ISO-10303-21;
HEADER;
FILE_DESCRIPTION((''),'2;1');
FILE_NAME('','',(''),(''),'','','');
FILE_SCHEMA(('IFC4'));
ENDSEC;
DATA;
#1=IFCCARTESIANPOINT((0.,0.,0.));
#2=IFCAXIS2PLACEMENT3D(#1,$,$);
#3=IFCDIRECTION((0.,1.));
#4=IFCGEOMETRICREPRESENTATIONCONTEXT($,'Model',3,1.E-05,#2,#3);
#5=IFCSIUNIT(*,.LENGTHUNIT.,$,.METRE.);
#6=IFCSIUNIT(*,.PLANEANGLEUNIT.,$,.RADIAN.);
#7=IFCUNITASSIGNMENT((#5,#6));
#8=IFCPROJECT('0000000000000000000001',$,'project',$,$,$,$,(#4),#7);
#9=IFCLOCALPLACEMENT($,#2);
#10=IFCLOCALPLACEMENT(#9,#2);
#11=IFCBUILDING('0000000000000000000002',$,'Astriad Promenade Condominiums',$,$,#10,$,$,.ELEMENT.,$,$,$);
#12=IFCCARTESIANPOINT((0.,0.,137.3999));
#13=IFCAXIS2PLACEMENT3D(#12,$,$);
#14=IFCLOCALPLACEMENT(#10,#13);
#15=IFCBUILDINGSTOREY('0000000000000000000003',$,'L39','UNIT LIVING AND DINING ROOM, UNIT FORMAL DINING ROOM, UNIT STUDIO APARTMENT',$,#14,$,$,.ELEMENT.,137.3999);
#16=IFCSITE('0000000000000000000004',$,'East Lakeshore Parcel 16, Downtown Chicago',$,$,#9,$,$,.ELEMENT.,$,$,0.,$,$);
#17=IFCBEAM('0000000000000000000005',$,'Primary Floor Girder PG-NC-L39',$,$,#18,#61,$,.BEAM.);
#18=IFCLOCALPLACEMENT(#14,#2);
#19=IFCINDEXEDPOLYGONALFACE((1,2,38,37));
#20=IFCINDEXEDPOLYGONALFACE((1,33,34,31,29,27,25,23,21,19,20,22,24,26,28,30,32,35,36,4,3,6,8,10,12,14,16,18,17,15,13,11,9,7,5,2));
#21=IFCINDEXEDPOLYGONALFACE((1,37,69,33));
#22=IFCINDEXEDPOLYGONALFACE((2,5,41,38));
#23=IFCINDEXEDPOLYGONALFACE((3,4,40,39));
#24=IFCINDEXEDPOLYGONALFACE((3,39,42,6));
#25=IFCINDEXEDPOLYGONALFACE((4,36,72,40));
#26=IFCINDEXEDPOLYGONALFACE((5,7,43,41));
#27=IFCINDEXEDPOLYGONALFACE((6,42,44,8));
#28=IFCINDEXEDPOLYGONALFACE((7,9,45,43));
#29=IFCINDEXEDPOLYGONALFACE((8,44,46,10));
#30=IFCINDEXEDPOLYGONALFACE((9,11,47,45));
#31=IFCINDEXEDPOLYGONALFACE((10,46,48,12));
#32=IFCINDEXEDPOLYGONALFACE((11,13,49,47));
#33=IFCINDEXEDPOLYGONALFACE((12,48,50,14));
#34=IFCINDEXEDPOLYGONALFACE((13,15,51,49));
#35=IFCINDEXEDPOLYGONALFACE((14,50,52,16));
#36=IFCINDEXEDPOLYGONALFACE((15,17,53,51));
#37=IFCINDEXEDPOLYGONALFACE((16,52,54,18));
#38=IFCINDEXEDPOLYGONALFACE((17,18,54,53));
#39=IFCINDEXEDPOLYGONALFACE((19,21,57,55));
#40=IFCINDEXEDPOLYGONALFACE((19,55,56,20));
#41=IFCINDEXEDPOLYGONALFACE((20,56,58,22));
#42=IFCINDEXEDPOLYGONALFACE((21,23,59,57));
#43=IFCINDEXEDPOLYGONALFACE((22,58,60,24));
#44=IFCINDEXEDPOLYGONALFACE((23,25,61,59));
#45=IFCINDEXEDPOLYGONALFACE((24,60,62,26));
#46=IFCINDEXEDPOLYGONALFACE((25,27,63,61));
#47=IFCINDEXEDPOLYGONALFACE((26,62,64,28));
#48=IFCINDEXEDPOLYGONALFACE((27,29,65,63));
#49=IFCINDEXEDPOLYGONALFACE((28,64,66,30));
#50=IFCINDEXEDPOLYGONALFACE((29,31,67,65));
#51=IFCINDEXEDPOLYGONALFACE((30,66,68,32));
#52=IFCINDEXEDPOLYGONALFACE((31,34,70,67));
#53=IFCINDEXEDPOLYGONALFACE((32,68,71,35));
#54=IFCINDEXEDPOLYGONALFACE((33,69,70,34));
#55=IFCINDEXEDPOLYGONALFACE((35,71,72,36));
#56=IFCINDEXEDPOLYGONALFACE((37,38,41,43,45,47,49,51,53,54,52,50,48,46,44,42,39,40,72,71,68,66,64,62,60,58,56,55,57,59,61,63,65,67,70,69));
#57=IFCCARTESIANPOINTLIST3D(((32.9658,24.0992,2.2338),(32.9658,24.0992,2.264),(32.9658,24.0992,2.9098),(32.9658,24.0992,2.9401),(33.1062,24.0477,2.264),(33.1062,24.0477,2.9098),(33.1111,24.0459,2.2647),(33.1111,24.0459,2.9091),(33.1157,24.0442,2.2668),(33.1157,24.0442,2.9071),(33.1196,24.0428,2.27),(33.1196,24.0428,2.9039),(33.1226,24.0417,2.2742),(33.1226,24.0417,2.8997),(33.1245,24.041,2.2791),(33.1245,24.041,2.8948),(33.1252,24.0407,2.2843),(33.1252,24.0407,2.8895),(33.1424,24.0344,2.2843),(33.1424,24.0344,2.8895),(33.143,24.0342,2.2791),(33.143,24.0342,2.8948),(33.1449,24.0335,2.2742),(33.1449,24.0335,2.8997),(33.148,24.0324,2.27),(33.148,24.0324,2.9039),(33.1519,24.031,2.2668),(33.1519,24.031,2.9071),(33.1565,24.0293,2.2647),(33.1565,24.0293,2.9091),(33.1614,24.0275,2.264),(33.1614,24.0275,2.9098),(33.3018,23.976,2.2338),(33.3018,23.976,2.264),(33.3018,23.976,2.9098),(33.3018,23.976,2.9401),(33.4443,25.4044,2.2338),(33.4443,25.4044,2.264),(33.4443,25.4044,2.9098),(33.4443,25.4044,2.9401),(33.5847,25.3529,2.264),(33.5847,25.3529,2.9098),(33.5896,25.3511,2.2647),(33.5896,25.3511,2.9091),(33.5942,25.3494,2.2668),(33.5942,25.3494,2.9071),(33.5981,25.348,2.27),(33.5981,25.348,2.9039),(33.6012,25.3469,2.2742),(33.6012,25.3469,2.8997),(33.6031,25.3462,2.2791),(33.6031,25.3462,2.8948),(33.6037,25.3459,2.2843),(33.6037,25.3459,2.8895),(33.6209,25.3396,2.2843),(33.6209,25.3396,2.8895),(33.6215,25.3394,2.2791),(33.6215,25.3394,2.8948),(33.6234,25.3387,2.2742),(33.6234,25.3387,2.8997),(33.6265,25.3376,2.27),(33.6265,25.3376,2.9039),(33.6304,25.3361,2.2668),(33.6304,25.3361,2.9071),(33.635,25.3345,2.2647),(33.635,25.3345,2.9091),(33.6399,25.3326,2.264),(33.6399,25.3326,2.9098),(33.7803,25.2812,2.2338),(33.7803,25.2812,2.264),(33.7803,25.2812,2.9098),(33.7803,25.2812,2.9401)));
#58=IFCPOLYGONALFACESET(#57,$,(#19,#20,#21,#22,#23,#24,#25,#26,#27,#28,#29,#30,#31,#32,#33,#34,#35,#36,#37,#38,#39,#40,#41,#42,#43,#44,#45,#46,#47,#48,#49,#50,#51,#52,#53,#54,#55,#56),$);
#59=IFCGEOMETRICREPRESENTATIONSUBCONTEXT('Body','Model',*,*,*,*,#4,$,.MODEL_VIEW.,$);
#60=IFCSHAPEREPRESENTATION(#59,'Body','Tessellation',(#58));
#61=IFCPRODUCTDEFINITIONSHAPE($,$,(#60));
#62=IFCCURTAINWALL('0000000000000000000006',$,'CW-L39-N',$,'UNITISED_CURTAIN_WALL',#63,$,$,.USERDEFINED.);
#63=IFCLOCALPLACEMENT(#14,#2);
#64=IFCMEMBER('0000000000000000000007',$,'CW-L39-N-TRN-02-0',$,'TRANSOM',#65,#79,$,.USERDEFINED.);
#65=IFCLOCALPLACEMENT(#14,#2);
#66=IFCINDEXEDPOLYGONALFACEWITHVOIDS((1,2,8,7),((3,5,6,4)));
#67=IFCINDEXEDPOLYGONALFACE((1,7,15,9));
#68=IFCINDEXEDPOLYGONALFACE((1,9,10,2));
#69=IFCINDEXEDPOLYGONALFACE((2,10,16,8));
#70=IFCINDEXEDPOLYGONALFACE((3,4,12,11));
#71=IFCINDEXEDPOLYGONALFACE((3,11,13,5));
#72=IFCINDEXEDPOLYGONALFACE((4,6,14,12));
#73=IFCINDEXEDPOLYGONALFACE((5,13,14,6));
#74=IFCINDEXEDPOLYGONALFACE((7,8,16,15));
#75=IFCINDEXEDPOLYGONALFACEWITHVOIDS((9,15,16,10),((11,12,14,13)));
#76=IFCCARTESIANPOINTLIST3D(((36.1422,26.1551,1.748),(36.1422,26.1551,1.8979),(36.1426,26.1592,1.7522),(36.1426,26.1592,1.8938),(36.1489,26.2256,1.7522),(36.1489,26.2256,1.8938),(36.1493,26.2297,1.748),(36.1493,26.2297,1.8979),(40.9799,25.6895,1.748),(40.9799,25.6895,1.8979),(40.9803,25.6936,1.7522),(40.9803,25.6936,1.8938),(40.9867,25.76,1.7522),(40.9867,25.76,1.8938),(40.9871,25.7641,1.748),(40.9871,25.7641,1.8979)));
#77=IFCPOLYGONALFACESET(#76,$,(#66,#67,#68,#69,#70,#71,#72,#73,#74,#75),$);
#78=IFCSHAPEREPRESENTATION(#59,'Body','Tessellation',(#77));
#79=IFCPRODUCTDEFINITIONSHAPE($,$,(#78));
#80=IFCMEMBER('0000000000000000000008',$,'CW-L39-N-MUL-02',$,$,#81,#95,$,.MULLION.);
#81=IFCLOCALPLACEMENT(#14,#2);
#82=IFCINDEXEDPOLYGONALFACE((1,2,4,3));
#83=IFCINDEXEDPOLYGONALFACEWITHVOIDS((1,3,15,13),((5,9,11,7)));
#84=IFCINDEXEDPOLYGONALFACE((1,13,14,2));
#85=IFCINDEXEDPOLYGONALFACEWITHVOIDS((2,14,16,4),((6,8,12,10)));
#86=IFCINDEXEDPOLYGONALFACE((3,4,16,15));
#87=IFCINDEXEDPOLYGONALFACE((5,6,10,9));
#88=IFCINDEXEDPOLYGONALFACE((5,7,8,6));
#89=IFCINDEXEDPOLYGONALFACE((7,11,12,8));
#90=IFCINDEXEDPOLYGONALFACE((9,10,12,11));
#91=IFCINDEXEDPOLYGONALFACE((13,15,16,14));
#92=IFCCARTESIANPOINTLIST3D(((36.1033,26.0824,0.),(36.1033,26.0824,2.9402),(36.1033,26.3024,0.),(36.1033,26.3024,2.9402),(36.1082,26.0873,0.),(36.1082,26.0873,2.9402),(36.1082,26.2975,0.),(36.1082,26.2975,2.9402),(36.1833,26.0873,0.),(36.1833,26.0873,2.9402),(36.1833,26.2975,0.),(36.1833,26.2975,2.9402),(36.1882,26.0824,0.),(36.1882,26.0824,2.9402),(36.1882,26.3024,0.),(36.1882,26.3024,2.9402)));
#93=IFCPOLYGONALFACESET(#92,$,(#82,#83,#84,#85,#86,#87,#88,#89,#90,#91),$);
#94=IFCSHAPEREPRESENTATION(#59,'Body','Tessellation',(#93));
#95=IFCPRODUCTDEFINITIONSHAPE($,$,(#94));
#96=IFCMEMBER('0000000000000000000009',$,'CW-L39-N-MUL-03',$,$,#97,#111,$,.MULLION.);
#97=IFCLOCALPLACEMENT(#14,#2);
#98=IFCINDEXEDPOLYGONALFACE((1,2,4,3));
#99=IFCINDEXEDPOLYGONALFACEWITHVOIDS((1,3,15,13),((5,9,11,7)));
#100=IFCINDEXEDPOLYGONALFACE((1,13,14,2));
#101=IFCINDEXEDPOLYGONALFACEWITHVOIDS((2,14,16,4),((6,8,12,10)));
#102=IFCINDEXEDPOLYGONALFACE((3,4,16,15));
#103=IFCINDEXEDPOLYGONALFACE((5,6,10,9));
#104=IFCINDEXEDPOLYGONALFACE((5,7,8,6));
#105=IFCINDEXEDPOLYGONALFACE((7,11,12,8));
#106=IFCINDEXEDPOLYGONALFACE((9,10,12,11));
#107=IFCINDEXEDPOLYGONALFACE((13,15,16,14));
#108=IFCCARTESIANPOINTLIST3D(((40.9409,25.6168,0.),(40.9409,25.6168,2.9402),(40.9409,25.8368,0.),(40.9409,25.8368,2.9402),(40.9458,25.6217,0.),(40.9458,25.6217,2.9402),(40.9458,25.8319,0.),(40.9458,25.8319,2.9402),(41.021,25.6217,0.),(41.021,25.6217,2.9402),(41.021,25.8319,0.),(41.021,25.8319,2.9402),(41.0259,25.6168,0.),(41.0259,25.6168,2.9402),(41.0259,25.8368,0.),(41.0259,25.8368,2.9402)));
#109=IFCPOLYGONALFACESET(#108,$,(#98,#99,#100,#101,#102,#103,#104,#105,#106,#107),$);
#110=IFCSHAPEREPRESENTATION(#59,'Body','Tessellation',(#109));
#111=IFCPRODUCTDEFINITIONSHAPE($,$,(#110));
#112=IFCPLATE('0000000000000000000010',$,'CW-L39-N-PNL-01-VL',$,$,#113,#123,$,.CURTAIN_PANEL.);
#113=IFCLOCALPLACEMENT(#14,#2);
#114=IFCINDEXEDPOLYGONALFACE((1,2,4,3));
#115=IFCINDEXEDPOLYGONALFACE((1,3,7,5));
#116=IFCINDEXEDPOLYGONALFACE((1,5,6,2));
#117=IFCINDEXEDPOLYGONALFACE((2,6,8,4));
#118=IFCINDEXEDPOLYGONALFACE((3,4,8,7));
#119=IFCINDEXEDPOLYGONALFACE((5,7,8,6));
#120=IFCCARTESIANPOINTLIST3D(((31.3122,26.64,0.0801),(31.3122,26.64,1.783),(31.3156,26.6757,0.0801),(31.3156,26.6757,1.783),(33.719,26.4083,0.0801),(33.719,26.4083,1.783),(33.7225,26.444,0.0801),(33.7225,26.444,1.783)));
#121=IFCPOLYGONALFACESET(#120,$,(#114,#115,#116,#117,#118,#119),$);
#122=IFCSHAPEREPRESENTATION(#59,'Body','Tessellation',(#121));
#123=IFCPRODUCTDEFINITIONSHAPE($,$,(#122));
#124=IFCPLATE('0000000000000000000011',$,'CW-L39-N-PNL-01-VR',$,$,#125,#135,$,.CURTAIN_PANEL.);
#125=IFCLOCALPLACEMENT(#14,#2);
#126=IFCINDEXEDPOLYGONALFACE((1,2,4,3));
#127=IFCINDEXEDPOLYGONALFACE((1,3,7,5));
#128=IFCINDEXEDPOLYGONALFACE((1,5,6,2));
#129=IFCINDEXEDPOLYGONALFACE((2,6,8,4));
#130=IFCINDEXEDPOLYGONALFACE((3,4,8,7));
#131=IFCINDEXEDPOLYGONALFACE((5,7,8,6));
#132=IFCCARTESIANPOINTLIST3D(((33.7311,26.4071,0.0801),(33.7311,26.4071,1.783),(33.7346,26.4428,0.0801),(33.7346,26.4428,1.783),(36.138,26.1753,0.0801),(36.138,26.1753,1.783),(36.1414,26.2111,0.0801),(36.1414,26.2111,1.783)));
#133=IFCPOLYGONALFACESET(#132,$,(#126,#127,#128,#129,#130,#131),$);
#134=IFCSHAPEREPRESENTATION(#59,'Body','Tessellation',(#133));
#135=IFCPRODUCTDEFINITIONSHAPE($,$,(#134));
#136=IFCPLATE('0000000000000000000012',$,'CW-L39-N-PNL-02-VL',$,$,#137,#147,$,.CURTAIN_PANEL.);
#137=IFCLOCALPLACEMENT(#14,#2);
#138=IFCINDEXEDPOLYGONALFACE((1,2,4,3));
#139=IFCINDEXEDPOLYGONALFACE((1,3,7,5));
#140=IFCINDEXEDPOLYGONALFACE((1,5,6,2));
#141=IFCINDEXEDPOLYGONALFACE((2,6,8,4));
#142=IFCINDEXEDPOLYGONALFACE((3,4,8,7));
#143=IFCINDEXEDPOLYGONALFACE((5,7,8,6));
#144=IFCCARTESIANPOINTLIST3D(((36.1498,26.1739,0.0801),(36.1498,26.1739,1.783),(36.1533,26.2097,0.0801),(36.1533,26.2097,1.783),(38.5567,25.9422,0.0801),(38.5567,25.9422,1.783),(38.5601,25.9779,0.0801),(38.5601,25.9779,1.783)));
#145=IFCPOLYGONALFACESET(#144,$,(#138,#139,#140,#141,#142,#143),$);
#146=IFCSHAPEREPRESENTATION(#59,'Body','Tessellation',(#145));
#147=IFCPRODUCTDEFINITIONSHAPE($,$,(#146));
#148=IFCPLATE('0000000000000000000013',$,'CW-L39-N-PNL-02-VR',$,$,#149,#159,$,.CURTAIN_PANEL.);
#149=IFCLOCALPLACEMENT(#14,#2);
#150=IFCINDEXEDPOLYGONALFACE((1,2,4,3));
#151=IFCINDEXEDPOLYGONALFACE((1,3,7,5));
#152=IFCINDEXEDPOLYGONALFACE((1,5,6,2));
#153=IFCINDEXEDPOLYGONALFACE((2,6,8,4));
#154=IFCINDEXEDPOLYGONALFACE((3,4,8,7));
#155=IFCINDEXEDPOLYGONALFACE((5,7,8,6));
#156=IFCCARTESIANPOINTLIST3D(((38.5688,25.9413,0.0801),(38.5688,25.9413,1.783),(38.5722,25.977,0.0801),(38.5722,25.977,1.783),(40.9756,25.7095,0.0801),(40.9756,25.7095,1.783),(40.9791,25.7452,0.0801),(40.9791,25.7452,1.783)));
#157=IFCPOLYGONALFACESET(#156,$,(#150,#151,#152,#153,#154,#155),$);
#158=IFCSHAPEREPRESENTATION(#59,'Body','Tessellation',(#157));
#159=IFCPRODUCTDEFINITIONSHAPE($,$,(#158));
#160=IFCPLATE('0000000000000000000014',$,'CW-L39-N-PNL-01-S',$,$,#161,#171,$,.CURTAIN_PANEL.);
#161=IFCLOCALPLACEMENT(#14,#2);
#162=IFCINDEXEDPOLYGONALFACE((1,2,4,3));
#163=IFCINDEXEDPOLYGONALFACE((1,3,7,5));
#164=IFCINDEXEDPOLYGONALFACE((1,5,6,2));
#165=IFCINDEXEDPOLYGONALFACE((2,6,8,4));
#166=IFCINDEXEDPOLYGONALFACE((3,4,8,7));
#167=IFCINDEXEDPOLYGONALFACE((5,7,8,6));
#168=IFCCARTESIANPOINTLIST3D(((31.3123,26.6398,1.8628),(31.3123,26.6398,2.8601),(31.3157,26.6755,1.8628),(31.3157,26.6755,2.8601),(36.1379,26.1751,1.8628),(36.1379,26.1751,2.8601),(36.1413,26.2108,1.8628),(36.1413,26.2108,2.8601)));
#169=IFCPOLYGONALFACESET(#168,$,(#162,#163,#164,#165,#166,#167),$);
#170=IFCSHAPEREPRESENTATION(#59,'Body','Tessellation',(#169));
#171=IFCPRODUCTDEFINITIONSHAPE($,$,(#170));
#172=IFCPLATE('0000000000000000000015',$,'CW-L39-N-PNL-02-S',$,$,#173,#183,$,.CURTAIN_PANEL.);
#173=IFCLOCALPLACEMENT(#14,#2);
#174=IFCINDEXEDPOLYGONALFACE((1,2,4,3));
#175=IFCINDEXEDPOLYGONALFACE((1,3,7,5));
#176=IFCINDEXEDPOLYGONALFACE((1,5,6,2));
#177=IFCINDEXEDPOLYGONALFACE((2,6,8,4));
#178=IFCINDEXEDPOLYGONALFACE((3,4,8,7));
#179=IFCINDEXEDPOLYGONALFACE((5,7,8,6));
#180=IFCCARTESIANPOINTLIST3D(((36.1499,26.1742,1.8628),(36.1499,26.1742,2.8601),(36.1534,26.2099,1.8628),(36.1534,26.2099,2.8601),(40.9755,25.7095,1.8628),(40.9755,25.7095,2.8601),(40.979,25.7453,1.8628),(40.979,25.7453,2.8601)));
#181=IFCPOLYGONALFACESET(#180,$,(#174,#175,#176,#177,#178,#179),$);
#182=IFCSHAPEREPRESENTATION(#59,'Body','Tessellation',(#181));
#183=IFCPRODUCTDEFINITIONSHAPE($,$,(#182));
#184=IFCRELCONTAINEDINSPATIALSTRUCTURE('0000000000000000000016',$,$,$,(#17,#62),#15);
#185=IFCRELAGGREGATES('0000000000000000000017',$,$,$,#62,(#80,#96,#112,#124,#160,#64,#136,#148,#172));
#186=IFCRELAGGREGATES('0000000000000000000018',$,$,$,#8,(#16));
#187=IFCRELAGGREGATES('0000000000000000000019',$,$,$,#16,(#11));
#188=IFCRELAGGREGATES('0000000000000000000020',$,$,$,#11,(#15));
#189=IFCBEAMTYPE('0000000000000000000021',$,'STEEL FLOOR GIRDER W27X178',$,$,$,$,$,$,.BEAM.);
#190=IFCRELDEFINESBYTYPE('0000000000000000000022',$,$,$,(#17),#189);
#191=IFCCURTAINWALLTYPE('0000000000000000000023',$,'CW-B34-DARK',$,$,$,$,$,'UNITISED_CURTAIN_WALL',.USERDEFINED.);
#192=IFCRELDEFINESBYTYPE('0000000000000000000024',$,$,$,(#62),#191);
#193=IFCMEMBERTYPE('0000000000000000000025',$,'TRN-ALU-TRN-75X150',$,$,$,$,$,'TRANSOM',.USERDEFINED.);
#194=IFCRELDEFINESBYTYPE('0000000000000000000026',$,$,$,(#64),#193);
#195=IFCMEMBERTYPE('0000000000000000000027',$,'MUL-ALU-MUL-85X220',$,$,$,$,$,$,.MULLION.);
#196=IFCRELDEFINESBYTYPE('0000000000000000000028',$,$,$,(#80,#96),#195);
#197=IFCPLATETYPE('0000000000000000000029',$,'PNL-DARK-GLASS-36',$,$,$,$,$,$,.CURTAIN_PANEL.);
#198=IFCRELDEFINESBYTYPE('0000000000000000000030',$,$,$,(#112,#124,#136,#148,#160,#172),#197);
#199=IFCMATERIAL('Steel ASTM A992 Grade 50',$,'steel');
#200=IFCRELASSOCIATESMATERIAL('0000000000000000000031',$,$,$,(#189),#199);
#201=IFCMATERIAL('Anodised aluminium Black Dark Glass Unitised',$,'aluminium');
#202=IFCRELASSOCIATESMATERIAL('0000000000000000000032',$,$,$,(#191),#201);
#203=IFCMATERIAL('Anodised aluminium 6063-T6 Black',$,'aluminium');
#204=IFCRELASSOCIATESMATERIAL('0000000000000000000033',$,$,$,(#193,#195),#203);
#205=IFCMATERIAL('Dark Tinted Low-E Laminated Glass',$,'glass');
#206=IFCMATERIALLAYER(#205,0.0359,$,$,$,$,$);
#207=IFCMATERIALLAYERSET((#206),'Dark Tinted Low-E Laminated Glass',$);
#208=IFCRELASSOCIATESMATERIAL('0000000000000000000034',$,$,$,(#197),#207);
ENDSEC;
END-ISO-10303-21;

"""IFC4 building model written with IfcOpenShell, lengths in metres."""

from ifc_helpers import new_model, si_unit, direction, frame, origin, origin_2d, place, context, subcontext, project, spatial, rectangle, hollow_rectangle, i_section, extrude, source, transform, mapped, material, layer, layer_set, material_profile, profile_set, type_object, type_shapes, element, aggregate, save


model = new_model("IFC4")

# Units and contexts
model_context = context("Model", 3, precision=1e-05, world=origin(), true_north=direction((0.0, 1.0)))
body_context = subcontext(model_context, "Body", "Model", "MODEL_VIEW")
ifc_project = project(units=[si_unit("LENGTHUNIT", "METRE"), si_unit("PLANEANGLEUNIT", "RADIAN")], contexts=[model_context])

# Site, building, storey
site_placement = place(None, origin())
site = spatial("IfcSite", under=ifc_project, at=site_placement, Name="East Lakeshore Parcel 16, Downtown Chicago", CompositionType="ELEMENT", RefElevation=0.0)
building_placement = place(site_placement, origin())
building = spatial("IfcBuilding", under=site, at=building_placement, Name="Astriad Promenade Condominiums", CompositionType="ELEMENT")
storey_placement = place(building_placement, frame((0.0, 0.0, 137.3999)))
storey = spatial("IfcBuildingStorey", under=building, at=storey_placement, Name="L39", Description="UNIT LIVING AND DINING ROOM, UNIT FORMAL DINING ROOM, UNIT STUDIO APARTMENT", CompositionType="ELEMENT", Elevation=137.3999)

# Shared definitions
ifc_material_1 = material(Name="Steel ASTM A992 Grade 50", Category="steel")

# Beam
ifc_material_profile_1 = material_profile(ifc_material_1, i_section(OverallWidth=0.3579, OverallDepth=0.7063, WebThickness=0.0183, FlangeThickness=0.0303, FilletRadius=0.0203, at=origin_2d()), Name="W27X178")
ifc_profile_set_1 = profile_set([ifc_material_profile_1], Name="Steel ASTM A992 Grade 50")
beam_type_1 = type_object("IfcBeamType", Name="STEEL FLOOR GIRDER W27X178", PredefinedType="BEAM", material=ifc_profile_set_1)
shared_shape_1 = source(origin(), body_context, "Body", "SweptSolid", [
    extrude(i_section(OverallWidth=0.3579, OverallDepth=0.7063, WebThickness=0.0183, FlangeThickness=0.0303, FilletRadius=0.0203, at=origin_2d()), origin(), (0.0, 0.0, 1.0), 1.3901),
])
type_shapes(beam_type_1, [shared_shape_1])
beam_1_placement = place(storey_placement, frame((33.6123, 25.3428, 2.5869), z_axis=(-0.344224, -0.938888, 0.0), x_axis=(0.938888, -0.344224, 0.0)))
element("IfcBeam", 1, at=beam_1_placement, inside=storey, type_object=beam_type_1, Name="Primary Floor Girder PG-NC-L39", PredefinedType="BEAM", context=body_context, shape_type="MappedRepresentation", body=[
    mapped(shared_shape_1, transform((0.0, 0.0, 0.0), scale=1.0)),
])

# Curtain wall, members, plates
ifc_material_2 = material(Name="Anodised aluminium Black Dark Glass Unitised", Category="aluminium")
curtain_wall_type = type_object("IfcCurtainWallType", Name="CW-B34-DARK", ElementType="UNITISED_CURTAIN_WALL", PredefinedType="USERDEFINED", material=ifc_material_2)
curtain_wall_placement = place(storey_placement, origin())
curtain_wall = element("IfcCurtainWall", 2, at=curtain_wall_placement, inside=storey, type_object=curtain_wall_type, Name="CW-L39-N", ObjectType="UNITISED_CURTAIN_WALL", PredefinedType="USERDEFINED")
ifc_material_3 = material(Name="Anodised aluminium 6063-T6 Black", Category="aluminium")
ifc_material_profile_2 = material_profile(ifc_material_3, hollow_rectangle(XDim=0.075, YDim=0.1499, WallThickness=0.0042, at=origin_2d()), Name="ALU-TRN-75X150")
ifc_profile_set_2 = profile_set([ifc_material_profile_2], Name="Anodised aluminium 6063-T6 Black")
member_type_1 = type_object("IfcMemberType", Name="TRN-ALU-TRN-75X150", ElementType="TRANSOM", PredefinedType="USERDEFINED", material=ifc_profile_set_2)
shared_shape_2 = source(origin(), body_context, "Body", "SweptSolid", [
    extrude(hollow_rectangle(XDim=0.075, YDim=0.1499, WallThickness=0.0042, at=origin_2d()), origin(), (0.0, 0.0, 1.0), 4.8601),
])
type_shapes(member_type_1, [shared_shape_2])
member_1_placement = place(storey_placement, frame((36.1458, 26.1924, 1.823), z_axis=(0.995401, -0.095798, 0.0), x_axis=(0.095798, 0.995401, 0.0)))
member_1 = element("IfcMember", 3, at=member_1_placement, type_object=member_type_1, Name="CW-L39-N-TRN-02-0", ObjectType="TRANSOM", PredefinedType="USERDEFINED", context=body_context, shape_type="MappedRepresentation", body=[
    mapped(shared_shape_2, transform((0.0, 0.0, 0.0), scale=1.0)),
])
ifc_material_profile_3 = material_profile(ifc_material_3, hollow_rectangle(XDim=0.085, YDim=0.22, WallThickness=0.0049, at=origin_2d()), Name="ALU-MUL-85X220")
ifc_profile_set_3 = profile_set([ifc_material_profile_3], Name="Anodised aluminium 6063-T6 Black")
member_type_2 = type_object("IfcMemberType", Name="MUL-ALU-MUL-85X220", PredefinedType="MULLION", material=ifc_profile_set_3)
shared_shape_3 = source(origin(), body_context, "Body", "SweptSolid", [
    extrude(hollow_rectangle(XDim=0.085, YDim=0.22, WallThickness=0.0049, at=origin_2d()), origin(), (0.0, 0.0, 1.0), 2.9402),
])
type_shapes(member_type_2, [shared_shape_3])
member_2_placement = place(storey_placement, frame((36.1458, 26.1924, 0.0), z_axis=(0.0, 0.0, 1.0), x_axis=(1.0, 0.0, 0.0)))
member_2 = element("IfcMember", 4, at=member_2_placement, type_object=member_type_2, Name="CW-L39-N-MUL-02", PredefinedType="MULLION", context=body_context, shape_type="MappedRepresentation", body=[
    mapped(shared_shape_3, transform((0.0, 0.0, 0.0), scale=1.0)),
])
member_3_placement = place(storey_placement, frame((40.9834, 25.7268, 0.0), z_axis=(0.0, 0.0, 1.0), x_axis=(1.0, 0.0, 0.0)))
member_3 = element("IfcMember", 5, at=member_3_placement, type_object=member_type_2, Name="CW-L39-N-MUL-03", PredefinedType="MULLION", context=body_context, shape_type="MappedRepresentation", body=[
    mapped(shared_shape_3, transform((0.0, 0.0, 0.0), scale=1.0)),
])
ifc_material_4 = material(Name="Dark Tinted Low-E Laminated Glass", Category="glass")
ifc_layer_1 = layer(ifc_material_4, 0.0359)
ifc_layer_set_1 = layer_set([ifc_layer_1], Name="Dark Tinted Low-E Laminated Glass")
plate_type = type_object("IfcPlateType", Name="PNL-DARK-GLASS-36", PredefinedType="CURTAIN_PANEL", material=ifc_layer_set_1)
shared_shape_4 = source(origin(), body_context, "Body", "SweptSolid", [
    extrude(rectangle(XDim=2.418, YDim=0.0359, at=origin_2d()), origin(), (0.0, 0.0, 1.0), 1.7029),
])
plate_1_placement = place(storey_placement, frame((32.5173, 26.542, 0.0801), z_axis=(0.0, 0.0, 1.0), x_axis=(0.995396, -0.095846, 0.0)))
plate_1 = element("IfcPlate", 6, at=plate_1_placement, type_object=plate_type, Name="CW-L39-N-PNL-01-VL", PredefinedType="CURTAIN_PANEL", context=body_context, shape_type="MappedRepresentation", body=[
    mapped(shared_shape_4, transform((0.0, 0.0, 0.0), scale=1.0)),
])
plate_2_placement = place(storey_placement, frame((34.9363, 26.3091, 0.0801), z_axis=(0.0, 0.0, 1.0), x_axis=(0.995396, -0.095846, 0.0)))
plate_2 = element("IfcPlate", 7, at=plate_2_placement, type_object=plate_type, Name="CW-L39-N-PNL-01-VR", PredefinedType="CURTAIN_PANEL", context=body_context, shape_type="MappedRepresentation", body=[
    mapped(shared_shape_4, transform((0.0, 0.0, 0.0), scale=1.0)),
])
plate_3_placement = place(storey_placement, frame((37.355, 26.0759, 0.0801), z_axis=(0.0, 0.0, 1.0), x_axis=(0.995396, -0.095846, 0.0)))
plate_3 = element("IfcPlate", 8, at=plate_3_placement, type_object=plate_type, Name="CW-L39-N-PNL-02-VL", PredefinedType="CURTAIN_PANEL", context=body_context, shape_type="MappedRepresentation", body=[
    mapped(shared_shape_4, transform((0.0, 0.0, 0.0), scale=1.0)),
])
plate_4_placement = place(storey_placement, frame((39.7739, 25.8433, 0.0801), z_axis=(0.0, 0.0, 1.0), x_axis=(0.995396, -0.095846, 0.0)))
plate_4 = element("IfcPlate", 9, at=plate_4_placement, type_object=plate_type, Name="CW-L39-N-PNL-02-VR", PredefinedType="CURTAIN_PANEL", context=body_context, shape_type="MappedRepresentation", body=[
    mapped(shared_shape_4, transform((0.0, 0.0, 0.0), scale=1.0)),
])
shared_shape_5 = source(origin(), body_context, "Body", "SweptSolid", [
    extrude(rectangle(XDim=4.8479, YDim=0.0359, at=origin_2d()), origin(), (0.0, 0.0, 1.0), 0.9973),
])
type_shapes(plate_type, [shared_shape_4, shared_shape_5])
plate_5_placement = place(storey_placement, frame((33.7268, 26.4253, 1.8628), z_axis=(0.0, 0.0, 1.0), x_axis=(0.995396, -0.095846, 0.0)))
plate_5 = element("IfcPlate", 10, at=plate_5_placement, type_object=plate_type, Name="CW-L39-N-PNL-01-S", PredefinedType="CURTAIN_PANEL", context=body_context, shape_type="MappedRepresentation", body=[
    mapped(shared_shape_5, transform((0.0, 0.0, 0.0), scale=1.0)),
])
plate_6_placement = place(storey_placement, frame((38.5645, 25.9597, 1.8628), z_axis=(0.0, 0.0, 1.0), x_axis=(0.995396, -0.095846, 0.0)))
plate_6 = element("IfcPlate", 11, at=plate_6_placement, type_object=plate_type, Name="CW-L39-N-PNL-02-S", PredefinedType="CURTAIN_PANEL", context=body_context, shape_type="MappedRepresentation", body=[
    mapped(shared_shape_5, transform((0.0, 0.0, 0.0), scale=1.0)),
])
aggregate(curtain_wall, [member_2, member_3, plate_1, plate_2, plate_5, member_1, plate_3, plate_4, plate_6])

save(model, "model.ifc")
